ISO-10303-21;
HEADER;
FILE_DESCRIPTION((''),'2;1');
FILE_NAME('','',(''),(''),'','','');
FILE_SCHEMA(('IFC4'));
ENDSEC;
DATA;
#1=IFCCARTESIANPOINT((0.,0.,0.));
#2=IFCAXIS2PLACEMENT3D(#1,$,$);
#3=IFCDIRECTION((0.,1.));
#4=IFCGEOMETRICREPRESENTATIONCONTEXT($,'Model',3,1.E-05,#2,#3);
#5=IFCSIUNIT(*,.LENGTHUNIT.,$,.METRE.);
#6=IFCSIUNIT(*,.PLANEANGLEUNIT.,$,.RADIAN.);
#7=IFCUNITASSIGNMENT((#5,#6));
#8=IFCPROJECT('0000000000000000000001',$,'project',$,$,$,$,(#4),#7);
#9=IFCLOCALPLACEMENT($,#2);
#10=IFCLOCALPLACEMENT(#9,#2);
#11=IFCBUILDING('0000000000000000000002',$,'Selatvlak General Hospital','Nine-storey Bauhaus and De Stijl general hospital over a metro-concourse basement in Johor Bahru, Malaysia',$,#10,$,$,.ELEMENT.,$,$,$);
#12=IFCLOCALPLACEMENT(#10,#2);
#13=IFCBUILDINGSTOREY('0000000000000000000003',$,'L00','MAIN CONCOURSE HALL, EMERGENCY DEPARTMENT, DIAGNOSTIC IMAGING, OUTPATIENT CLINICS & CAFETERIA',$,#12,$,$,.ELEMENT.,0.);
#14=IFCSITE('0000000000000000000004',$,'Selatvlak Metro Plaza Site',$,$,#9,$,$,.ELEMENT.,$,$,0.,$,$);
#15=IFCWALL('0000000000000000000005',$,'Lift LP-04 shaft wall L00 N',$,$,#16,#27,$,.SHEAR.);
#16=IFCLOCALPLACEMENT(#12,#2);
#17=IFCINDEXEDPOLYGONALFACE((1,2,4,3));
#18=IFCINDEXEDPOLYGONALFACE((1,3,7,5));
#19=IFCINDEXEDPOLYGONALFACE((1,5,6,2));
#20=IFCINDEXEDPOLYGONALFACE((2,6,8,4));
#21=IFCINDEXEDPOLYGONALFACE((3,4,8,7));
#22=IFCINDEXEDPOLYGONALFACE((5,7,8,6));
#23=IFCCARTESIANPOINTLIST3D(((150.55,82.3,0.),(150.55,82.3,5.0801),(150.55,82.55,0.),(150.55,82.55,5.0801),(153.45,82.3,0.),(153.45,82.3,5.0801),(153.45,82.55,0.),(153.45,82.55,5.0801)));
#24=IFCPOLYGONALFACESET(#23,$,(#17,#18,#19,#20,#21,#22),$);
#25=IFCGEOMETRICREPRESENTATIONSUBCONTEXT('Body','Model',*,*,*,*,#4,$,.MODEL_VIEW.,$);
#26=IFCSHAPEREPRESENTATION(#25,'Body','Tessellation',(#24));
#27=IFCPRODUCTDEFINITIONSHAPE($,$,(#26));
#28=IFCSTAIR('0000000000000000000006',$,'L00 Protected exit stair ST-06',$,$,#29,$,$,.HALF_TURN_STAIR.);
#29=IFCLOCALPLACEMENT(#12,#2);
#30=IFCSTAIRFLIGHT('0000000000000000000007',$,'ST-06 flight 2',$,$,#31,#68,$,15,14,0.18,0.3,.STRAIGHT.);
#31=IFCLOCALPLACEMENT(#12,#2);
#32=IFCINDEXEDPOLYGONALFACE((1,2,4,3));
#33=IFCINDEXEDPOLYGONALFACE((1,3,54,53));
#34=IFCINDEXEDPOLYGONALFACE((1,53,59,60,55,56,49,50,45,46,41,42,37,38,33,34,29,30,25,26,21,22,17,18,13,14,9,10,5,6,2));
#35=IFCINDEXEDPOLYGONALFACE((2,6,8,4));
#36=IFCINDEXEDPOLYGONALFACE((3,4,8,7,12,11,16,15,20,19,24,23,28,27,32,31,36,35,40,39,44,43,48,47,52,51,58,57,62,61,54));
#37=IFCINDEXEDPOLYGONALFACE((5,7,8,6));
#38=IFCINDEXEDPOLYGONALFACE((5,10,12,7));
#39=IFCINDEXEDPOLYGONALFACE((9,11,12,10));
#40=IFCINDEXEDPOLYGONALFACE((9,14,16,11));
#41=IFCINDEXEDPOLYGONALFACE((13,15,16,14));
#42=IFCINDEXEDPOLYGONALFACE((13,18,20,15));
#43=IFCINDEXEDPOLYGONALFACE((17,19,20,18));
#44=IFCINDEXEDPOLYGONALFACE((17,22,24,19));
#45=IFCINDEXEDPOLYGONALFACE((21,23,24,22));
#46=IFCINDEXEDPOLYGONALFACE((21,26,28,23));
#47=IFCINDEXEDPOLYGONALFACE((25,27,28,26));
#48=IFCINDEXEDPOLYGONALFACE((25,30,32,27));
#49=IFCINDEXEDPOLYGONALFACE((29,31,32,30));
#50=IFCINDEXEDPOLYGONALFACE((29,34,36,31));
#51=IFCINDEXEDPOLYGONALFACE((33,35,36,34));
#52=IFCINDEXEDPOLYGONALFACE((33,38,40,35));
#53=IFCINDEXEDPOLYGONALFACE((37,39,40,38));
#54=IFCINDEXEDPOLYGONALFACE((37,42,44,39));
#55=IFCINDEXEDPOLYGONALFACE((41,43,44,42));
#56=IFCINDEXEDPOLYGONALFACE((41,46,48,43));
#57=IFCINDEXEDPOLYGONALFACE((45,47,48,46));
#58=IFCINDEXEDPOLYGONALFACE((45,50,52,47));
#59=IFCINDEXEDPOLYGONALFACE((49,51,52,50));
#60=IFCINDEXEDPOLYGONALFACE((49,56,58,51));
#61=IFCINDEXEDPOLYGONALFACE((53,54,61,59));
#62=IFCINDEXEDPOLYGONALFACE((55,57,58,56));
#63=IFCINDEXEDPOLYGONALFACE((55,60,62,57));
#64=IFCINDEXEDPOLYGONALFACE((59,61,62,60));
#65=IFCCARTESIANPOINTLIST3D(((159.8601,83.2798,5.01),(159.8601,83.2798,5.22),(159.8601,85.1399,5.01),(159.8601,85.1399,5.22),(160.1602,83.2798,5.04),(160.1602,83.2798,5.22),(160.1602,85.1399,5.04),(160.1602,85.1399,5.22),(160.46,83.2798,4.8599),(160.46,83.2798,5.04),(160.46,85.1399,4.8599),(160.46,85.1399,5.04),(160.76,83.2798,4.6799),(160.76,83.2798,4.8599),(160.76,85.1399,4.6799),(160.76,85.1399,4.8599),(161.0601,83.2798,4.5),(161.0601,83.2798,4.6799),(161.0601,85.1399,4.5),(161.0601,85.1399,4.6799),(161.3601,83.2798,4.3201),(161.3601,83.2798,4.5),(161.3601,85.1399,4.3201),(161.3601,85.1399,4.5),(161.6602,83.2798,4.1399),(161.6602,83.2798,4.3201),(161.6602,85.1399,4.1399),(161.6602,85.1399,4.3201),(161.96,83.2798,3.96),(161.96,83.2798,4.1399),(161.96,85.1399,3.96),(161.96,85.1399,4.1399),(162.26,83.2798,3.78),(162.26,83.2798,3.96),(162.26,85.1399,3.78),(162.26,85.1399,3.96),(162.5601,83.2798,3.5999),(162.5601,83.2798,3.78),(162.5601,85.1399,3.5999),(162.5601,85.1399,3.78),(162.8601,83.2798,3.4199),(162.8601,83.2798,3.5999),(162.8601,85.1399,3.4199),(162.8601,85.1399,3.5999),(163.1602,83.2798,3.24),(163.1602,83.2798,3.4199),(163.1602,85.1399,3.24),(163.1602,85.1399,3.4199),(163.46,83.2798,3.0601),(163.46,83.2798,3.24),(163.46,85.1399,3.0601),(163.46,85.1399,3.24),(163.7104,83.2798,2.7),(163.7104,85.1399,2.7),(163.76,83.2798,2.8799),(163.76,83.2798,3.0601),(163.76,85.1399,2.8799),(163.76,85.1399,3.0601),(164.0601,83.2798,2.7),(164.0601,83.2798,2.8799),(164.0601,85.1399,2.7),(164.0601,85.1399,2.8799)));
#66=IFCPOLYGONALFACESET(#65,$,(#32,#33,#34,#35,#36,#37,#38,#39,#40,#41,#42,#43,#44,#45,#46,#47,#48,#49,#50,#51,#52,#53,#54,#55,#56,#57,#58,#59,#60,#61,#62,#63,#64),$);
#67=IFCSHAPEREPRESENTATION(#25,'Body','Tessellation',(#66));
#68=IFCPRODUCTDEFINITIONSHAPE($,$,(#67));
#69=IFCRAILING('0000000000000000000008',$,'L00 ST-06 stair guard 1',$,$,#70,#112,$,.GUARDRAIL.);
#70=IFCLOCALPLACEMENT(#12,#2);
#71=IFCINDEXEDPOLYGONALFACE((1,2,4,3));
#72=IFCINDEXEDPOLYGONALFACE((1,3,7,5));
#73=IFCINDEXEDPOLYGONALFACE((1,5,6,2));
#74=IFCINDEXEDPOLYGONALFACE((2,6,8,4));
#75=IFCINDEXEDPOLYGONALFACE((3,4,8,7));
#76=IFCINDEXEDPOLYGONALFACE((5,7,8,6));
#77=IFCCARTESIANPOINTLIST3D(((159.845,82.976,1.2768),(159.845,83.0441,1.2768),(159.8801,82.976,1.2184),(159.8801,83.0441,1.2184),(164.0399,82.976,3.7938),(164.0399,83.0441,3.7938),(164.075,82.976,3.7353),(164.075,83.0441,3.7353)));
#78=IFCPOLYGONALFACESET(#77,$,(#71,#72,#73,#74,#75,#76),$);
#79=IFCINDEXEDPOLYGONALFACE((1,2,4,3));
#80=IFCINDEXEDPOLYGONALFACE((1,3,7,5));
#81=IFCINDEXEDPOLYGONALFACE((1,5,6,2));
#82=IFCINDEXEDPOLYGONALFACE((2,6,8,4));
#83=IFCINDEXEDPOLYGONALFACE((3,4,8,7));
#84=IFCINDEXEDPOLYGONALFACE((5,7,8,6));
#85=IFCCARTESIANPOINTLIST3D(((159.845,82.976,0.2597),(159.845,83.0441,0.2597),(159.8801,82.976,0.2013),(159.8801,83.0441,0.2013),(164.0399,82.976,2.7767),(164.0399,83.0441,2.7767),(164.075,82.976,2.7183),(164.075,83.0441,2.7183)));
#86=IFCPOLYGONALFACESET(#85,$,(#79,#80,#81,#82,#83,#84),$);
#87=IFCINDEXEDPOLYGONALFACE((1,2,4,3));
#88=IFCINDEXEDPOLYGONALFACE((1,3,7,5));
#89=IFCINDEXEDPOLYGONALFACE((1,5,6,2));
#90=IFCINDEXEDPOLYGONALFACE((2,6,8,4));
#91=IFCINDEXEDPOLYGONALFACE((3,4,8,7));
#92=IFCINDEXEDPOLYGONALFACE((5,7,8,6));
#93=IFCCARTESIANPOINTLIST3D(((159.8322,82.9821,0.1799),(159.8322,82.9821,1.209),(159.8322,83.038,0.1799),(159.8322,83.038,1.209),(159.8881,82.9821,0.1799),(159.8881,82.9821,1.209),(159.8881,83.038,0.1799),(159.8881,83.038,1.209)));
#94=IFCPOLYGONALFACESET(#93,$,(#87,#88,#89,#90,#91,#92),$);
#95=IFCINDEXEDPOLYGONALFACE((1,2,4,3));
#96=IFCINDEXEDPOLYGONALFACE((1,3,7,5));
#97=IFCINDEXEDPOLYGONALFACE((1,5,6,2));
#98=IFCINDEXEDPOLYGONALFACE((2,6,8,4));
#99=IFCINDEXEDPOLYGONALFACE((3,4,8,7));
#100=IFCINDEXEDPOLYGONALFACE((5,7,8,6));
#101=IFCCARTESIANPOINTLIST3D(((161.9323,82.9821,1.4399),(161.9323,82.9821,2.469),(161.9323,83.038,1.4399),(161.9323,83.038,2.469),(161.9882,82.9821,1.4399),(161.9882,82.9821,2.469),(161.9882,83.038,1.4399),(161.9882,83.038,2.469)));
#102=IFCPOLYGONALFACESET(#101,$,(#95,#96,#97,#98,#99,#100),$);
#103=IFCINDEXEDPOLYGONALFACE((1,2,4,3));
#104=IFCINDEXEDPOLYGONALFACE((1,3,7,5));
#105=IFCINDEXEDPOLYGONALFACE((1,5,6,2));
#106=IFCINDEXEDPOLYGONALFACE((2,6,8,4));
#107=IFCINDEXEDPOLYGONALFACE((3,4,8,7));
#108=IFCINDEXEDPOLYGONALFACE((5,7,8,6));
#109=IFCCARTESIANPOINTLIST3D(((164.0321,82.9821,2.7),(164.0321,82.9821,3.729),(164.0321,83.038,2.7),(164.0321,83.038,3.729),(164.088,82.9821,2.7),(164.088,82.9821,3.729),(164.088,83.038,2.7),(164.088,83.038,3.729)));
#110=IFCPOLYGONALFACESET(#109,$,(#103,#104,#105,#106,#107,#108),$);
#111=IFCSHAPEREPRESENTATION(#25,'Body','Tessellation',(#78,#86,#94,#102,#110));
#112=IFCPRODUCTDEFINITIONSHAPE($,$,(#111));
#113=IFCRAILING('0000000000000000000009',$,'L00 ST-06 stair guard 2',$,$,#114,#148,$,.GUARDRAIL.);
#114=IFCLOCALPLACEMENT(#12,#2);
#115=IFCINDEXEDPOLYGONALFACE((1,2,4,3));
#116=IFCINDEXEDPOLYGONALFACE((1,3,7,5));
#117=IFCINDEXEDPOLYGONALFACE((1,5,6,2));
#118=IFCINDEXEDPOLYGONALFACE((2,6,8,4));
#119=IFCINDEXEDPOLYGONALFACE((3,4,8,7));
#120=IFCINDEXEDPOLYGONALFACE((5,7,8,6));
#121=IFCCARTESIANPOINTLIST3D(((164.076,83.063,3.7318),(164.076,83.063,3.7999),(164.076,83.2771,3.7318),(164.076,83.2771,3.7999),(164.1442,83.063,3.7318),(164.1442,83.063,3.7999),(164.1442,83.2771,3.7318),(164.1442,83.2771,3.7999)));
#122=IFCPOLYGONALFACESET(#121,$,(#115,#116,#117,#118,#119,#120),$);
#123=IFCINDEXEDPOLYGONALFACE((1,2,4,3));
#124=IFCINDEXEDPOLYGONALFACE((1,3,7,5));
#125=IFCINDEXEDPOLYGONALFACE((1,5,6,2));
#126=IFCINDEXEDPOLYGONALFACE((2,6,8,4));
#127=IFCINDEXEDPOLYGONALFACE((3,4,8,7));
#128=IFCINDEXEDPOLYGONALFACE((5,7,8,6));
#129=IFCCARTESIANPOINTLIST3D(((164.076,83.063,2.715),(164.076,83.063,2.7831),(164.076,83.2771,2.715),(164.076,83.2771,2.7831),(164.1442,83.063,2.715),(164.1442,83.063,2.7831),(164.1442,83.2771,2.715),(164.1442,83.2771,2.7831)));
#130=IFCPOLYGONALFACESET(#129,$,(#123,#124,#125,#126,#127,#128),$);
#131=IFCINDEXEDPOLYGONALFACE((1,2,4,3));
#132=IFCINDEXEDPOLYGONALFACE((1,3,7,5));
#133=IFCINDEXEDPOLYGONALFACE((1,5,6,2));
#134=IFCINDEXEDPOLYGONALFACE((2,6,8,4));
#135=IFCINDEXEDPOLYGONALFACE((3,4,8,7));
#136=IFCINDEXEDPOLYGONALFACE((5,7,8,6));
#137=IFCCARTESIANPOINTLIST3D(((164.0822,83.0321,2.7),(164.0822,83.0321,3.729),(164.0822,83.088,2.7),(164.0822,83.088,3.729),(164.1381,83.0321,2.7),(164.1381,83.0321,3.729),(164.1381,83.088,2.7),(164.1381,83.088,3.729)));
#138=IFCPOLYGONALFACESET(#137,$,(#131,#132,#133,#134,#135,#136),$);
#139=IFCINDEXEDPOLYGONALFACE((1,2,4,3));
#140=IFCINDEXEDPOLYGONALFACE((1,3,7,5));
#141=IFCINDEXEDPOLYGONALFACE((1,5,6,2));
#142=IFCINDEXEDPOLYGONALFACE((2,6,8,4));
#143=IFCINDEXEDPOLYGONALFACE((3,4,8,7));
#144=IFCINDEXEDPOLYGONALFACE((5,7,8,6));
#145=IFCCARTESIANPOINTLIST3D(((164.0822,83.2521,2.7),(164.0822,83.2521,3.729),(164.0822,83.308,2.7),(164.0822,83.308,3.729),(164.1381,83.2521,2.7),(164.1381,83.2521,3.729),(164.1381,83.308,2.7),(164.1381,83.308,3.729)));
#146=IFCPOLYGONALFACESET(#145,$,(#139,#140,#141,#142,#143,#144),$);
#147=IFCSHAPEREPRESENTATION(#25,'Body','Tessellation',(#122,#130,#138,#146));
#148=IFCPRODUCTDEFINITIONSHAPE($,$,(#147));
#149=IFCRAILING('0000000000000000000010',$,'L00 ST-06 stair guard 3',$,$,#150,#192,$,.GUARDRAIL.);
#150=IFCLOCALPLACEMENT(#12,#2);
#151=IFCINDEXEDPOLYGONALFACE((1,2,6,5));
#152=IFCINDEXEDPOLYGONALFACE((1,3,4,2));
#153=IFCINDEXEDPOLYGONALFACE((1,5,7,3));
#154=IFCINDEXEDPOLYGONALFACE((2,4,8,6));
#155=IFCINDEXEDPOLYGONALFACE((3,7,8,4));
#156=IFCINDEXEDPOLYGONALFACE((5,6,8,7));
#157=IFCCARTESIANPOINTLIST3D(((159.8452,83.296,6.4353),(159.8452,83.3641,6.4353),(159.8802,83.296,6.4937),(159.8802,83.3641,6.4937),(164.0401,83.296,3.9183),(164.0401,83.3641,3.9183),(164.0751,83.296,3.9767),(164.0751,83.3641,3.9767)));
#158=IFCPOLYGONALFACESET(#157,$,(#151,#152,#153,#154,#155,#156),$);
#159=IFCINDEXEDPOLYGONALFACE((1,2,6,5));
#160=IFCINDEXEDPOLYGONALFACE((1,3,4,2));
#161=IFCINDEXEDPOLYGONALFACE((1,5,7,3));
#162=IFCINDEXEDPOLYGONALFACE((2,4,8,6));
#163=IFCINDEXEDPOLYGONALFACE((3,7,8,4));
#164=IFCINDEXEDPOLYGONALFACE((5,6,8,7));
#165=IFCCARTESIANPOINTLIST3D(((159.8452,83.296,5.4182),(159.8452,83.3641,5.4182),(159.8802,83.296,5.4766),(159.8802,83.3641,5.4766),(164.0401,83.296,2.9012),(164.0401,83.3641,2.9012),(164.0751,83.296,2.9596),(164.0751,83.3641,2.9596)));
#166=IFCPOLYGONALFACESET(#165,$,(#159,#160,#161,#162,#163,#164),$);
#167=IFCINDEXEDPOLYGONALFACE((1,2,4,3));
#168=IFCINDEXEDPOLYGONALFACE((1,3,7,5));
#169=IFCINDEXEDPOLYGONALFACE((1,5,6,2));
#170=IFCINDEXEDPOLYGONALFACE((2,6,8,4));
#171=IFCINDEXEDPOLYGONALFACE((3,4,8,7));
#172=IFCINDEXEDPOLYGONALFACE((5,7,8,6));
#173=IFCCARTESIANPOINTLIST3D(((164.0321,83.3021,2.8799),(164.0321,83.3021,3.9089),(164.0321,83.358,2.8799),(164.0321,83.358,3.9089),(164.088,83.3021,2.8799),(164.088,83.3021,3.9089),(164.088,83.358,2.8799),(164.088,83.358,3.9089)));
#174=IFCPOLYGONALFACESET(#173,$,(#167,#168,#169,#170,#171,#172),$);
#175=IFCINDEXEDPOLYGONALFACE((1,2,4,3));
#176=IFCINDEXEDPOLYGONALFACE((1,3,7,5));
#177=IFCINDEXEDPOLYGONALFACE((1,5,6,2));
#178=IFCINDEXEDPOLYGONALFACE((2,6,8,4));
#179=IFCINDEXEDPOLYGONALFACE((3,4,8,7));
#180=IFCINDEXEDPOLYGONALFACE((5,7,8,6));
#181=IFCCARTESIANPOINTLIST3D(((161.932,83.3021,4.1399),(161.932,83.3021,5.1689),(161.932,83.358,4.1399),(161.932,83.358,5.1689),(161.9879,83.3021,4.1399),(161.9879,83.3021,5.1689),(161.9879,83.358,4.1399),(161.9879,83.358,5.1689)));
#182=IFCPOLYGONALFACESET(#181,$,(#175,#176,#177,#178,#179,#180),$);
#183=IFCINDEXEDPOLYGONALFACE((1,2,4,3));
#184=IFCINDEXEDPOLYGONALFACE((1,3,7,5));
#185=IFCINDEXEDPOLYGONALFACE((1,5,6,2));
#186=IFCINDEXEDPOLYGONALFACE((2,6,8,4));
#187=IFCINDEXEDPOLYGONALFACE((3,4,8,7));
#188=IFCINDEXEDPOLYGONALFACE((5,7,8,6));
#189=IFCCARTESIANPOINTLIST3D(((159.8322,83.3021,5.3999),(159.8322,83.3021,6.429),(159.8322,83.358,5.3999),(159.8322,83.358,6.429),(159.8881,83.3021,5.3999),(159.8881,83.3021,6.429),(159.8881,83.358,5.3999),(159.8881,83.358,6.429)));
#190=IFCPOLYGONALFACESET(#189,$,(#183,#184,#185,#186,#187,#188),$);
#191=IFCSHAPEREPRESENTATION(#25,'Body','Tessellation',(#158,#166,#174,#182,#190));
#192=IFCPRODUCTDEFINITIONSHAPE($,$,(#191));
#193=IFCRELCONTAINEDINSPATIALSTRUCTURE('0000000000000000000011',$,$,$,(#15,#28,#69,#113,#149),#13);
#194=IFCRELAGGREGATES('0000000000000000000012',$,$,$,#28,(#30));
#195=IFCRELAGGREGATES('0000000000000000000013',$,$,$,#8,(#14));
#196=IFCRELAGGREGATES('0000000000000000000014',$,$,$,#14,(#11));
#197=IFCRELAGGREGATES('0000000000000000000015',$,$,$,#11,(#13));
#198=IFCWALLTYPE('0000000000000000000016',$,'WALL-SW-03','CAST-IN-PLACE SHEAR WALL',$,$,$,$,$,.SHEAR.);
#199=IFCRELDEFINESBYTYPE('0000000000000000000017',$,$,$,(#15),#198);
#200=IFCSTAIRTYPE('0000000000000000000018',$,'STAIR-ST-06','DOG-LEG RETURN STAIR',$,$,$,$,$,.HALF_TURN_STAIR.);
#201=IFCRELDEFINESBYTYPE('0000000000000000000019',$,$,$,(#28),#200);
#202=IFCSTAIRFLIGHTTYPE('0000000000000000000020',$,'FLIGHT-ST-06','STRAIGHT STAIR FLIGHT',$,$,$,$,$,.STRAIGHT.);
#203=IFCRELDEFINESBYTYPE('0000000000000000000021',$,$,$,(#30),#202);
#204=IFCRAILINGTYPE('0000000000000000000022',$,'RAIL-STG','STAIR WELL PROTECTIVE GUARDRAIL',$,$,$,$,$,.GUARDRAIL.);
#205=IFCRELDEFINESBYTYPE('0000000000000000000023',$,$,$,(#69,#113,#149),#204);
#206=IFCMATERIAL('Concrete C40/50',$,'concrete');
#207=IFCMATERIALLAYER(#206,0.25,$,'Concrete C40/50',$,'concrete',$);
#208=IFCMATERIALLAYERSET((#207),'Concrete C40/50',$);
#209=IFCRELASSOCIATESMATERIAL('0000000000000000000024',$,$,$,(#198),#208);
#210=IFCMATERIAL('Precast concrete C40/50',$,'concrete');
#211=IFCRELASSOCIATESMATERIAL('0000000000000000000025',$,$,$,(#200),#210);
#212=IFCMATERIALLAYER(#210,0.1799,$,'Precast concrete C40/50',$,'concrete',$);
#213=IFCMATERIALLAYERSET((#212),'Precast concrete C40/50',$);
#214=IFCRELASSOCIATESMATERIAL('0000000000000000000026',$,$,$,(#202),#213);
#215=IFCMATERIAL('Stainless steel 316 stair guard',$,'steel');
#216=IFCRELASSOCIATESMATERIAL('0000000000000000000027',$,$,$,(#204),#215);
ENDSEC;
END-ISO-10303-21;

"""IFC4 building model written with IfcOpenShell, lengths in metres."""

from ifc_helpers import new_model, si_unit, direction, frame, frame_2d, origin, origin_2d, place, context, subcontext, project, spatial, polyline, rectangle, outline, extrude, material, layer, layer_set, type_object, element, aggregate, save


model = new_model("IFC4")

# Units and contexts
model_context = context("Model", 3, precision=1e-05, world=origin(), true_north=direction((0.0, 1.0)))
body_context = subcontext(model_context, "Body", "Model", "MODEL_VIEW")
ifc_project = project(units=[si_unit("LENGTHUNIT", "METRE"), si_unit("PLANEANGLEUNIT", "RADIAN")], contexts=[model_context])

# Site, building, storey
site_placement = place(None, origin())
site = spatial("IfcSite", under=ifc_project, at=site_placement, Name="Selatvlak Metro Plaza Site", CompositionType="ELEMENT", RefElevation=0.0)
building_placement = place(site_placement, origin())
building = spatial("IfcBuilding", under=site, at=building_placement, Name="Selatvlak General Hospital", Description="Nine-storey Bauhaus and De Stijl general hospital over a metro-concourse basement in Johor Bahru, Malaysia", CompositionType="ELEMENT")
storey_placement = place(building_placement, origin())
storey = spatial("IfcBuildingStorey", under=building, at=storey_placement, Name="L00", Description="MAIN CONCOURSE HALL, EMERGENCY DEPARTMENT, DIAGNOSTIC IMAGING, OUTPATIENT CLINICS & CAFETERIA", CompositionType="ELEMENT", Elevation=0.0)

# Shared definitions
ifc_material_1 = material(Name="Concrete C40/50", Category="concrete")

# Wall
ifc_layer_1 = layer(ifc_material_1, 0.25, Name="Concrete C40/50", Category="concrete")
ifc_layer_set_1 = layer_set([ifc_layer_1], Name="Concrete C40/50")
wall_type_1 = type_object("IfcWallType", Name="WALL-SW-03", Description="CAST-IN-PLACE SHEAR WALL", PredefinedType="SHEAR", material=ifc_layer_set_1)
wall_1_placement = place(storey_placement, frame((153.45, 82.425, 0.0), z_axis=(0.0, 0.0, 1.0), x_axis=(-1.0, 0.0, 0.0)))
element("IfcWall", 1, at=wall_1_placement, inside=storey, type_object=wall_type_1, Name="Lift LP-04 shaft wall L00 N", PredefinedType="SHEAR", context=body_context, shape_type="SweptSolid", body=[
    extrude(rectangle(XDim=2.8999, YDim=0.25, at=frame_2d((1.45, 0.0))), origin(), (0.0, 0.0, 1.0), 5.0801),
])

# Stair, stair flight
ifc_material_2 = material(Name="Precast concrete C40/50", Category="concrete")
stair_type = type_object("IfcStairType", Name="STAIR-ST-06", Description="DOG-LEG RETURN STAIR", PredefinedType="HALF_TURN_STAIR", material=ifc_material_2)
stair_placement = place(storey_placement, origin())
stair = element("IfcStair", 2, at=stair_placement, inside=storey, type_object=stair_type, Name="L00 Protected exit stair ST-06", PredefinedType="HALF_TURN_STAIR")
ifc_layer_2 = layer(ifc_material_2, 0.1799, Name="Precast concrete C40/50", Category="concrete")
ifc_layer_set_2 = layer_set([ifc_layer_2], Name="Precast concrete C40/50")
stair_flight_type = type_object("IfcStairFlightType", Name="FLIGHT-ST-06", Description="STRAIGHT STAIR FLIGHT", PredefinedType="STRAIGHT", material=ifc_layer_set_2)
stair_flight_placement = place(storey_placement, frame((164.0601, 84.21, 2.7), z_axis=(0.0, 0.0, 1.0), x_axis=(-1.0, 0.0, 0.0)))
stair_flight = element("IfcStairFlight", 3, at=stair_flight_placement, type_object=stair_flight_type, Name="ST-06 flight 2", NumberOfRisers=15, NumberOfTreads=14, PredefinedType="STRAIGHT", RiserHeight=0.18, TreadLength=0.3, context=body_context, shape_type="SweptSolid", body=[
    extrude(outline(polyline([(0.0, 0.0), (0.0, 0.1799), (0.3, 0.1799), (0.3, 0.3601), (0.6001, 0.3601), (0.6001, 0.54), (0.8999, 0.54), (0.8999, 0.72), (1.2, 0.72), (1.2, 0.8999), (1.5, 0.8999), (1.5, 1.0801), (1.8, 1.0801), (1.8, 1.26), (2.1001, 1.26), (2.1001, 1.4399), (2.3999, 1.4399), (2.3999, 1.6201), (2.7, 1.6201), (2.7, 1.8), (3.0, 1.8), (3.0, 1.98), (3.3, 1.98), (3.3, 2.1599), (3.6001, 2.1599), (3.6001, 2.3401), (3.8999, 2.3401), (3.8999, 2.52), (4.2, 2.52), (4.2, 2.7), (4.2, 2.3101), (0.3496, 0.0), (0.0, 0.0)])), frame((0.0, 0.9302, 0.0), z_axis=(0.0, -1.0, 0.0), x_axis=(1.0, 0.0, 0.0)), (0.0, 0.0, 1.0), 1.8601),
])
aggregate(stair, [stair_flight])

# Railings
ifc_material_3 = material(Name="Stainless steel 316 stair guard", Category="steel")
railing_type_1 = type_object("IfcRailingType", Name="RAIL-STG", Description="STAIR WELL PROTECTIVE GUARDRAIL", PredefinedType="GUARDRAIL", material=ifc_material_3)
railing_1_placement = place(storey_placement, frame((159.8601, 83.01, 0.1799)))
element("IfcRailing", 4, at=railing_1_placement, inside=storey, type_object=railing_type_1, Name="L00 ST-06 stair guard 1", PredefinedType="GUARDRAIL", context=body_context, shape_type="SweptSolid", body=[
    extrude(rectangle(XDim=0.0681, YDim=0.0681, at=origin_2d()), frame((0.0024, 0.0, 1.0676), z_axis=(0.857489, 0.0, 0.514503), x_axis=(0.0, 1.0, 0.0)), (0.0, 0.0, 1.0), 4.8921),
    extrude(rectangle(XDim=0.0681, YDim=0.0681, at=origin_2d()), frame((0.0024, 0.0, 0.0505), z_axis=(0.857489, 0.0, 0.514503), x_axis=(0.0, 1.0, 0.0)), (0.0, 0.0, 1.0), 4.8921),
    extrude(rectangle(XDim=0.0559, YDim=0.0559, at=origin_2d()), origin(), (0.0, 0.0, 1.0), 1.0291),
    extrude(rectangle(XDim=0.0559, YDim=0.0559, at=origin_2d()), frame((2.1001, 0.0, 1.26)), (0.0, 0.0, 1.0), 1.0291),
    extrude(rectangle(XDim=0.0559, YDim=0.0559, at=origin_2d()), frame((4.2, 0.0, 2.52)), (0.0, 0.0, 1.0), 1.0291),
])
railing_2_placement = place(storey_placement, frame((164.1101, 83.0601, 2.7)))
element("IfcRailing", 5, at=railing_2_placement, inside=storey, type_object=railing_type_1, Name="L00 ST-06 stair guard 2", PredefinedType="GUARDRAIL", context=body_context, shape_type="SweptSolid", body=[
    extrude(rectangle(XDim=0.0681, YDim=0.0681, at=origin_2d()), frame((0.0, 0.0029, 1.0659), z_axis=(0.0, 1.0, 0.0), x_axis=(-1.0, 0.0, 0.0)), (0.0, 0.0, 1.0), 0.2141),
    extrude(rectangle(XDim=0.0681, YDim=0.0681, at=origin_2d()), frame((0.0, 0.0029, 0.0491), z_axis=(0.0, 1.0, 0.0), x_axis=(-1.0, 0.0, 0.0)), (0.0, 0.0, 1.0), 0.2141),
    extrude(rectangle(XDim=0.0559, YDim=0.0559, at=origin_2d()), origin(), (0.0, 0.0, 1.0), 1.0291),
    extrude(rectangle(XDim=0.0559, YDim=0.0559, at=origin_2d()), frame((0.0, 0.22, 0.0)), (0.0, 0.0, 1.0), 1.0291),
])
railing_3_placement = place(storey_placement, frame((164.0601, 83.3301, 2.8799)))
element("IfcRailing", 6, at=railing_3_placement, inside=storey, type_object=railing_type_1, Name="L00 ST-06 stair guard 3", PredefinedType="GUARDRAIL", context=body_context, shape_type="SweptSolid", body=[
    extrude(rectangle(XDim=0.0681, YDim=0.0681, at=origin_2d()), frame((-0.0024, 0.0, 1.0676), z_axis=(-0.857489, 0.0, 0.514503), x_axis=(0.0, -1.0, 0.0)), (0.0, 0.0, 1.0), 4.8921),
    extrude(rectangle(XDim=0.0681, YDim=0.0681, at=origin_2d()), frame((-0.0024, 0.0, 0.0505), z_axis=(-0.857489, 0.0, 0.514503), x_axis=(0.0, -1.0, 0.0)), (0.0, 0.0, 1.0), 4.8921),
    extrude(rectangle(XDim=0.0559, YDim=0.0559, at=origin_2d()), origin(), (0.0, 0.0, 1.0), 1.0291),
    extrude(rectangle(XDim=0.0559, YDim=0.0559, at=origin_2d()), frame((-2.1001, 0.0, 1.26)), (0.0, 0.0, 1.0), 1.0291),
    extrude(rectangle(XDim=0.0559, YDim=0.0559, at=origin_2d()), frame((-4.2, 0.0, 2.52)), (0.0, 0.0, 1.0), 1.0291),
])

save(model, "model.ifc")
